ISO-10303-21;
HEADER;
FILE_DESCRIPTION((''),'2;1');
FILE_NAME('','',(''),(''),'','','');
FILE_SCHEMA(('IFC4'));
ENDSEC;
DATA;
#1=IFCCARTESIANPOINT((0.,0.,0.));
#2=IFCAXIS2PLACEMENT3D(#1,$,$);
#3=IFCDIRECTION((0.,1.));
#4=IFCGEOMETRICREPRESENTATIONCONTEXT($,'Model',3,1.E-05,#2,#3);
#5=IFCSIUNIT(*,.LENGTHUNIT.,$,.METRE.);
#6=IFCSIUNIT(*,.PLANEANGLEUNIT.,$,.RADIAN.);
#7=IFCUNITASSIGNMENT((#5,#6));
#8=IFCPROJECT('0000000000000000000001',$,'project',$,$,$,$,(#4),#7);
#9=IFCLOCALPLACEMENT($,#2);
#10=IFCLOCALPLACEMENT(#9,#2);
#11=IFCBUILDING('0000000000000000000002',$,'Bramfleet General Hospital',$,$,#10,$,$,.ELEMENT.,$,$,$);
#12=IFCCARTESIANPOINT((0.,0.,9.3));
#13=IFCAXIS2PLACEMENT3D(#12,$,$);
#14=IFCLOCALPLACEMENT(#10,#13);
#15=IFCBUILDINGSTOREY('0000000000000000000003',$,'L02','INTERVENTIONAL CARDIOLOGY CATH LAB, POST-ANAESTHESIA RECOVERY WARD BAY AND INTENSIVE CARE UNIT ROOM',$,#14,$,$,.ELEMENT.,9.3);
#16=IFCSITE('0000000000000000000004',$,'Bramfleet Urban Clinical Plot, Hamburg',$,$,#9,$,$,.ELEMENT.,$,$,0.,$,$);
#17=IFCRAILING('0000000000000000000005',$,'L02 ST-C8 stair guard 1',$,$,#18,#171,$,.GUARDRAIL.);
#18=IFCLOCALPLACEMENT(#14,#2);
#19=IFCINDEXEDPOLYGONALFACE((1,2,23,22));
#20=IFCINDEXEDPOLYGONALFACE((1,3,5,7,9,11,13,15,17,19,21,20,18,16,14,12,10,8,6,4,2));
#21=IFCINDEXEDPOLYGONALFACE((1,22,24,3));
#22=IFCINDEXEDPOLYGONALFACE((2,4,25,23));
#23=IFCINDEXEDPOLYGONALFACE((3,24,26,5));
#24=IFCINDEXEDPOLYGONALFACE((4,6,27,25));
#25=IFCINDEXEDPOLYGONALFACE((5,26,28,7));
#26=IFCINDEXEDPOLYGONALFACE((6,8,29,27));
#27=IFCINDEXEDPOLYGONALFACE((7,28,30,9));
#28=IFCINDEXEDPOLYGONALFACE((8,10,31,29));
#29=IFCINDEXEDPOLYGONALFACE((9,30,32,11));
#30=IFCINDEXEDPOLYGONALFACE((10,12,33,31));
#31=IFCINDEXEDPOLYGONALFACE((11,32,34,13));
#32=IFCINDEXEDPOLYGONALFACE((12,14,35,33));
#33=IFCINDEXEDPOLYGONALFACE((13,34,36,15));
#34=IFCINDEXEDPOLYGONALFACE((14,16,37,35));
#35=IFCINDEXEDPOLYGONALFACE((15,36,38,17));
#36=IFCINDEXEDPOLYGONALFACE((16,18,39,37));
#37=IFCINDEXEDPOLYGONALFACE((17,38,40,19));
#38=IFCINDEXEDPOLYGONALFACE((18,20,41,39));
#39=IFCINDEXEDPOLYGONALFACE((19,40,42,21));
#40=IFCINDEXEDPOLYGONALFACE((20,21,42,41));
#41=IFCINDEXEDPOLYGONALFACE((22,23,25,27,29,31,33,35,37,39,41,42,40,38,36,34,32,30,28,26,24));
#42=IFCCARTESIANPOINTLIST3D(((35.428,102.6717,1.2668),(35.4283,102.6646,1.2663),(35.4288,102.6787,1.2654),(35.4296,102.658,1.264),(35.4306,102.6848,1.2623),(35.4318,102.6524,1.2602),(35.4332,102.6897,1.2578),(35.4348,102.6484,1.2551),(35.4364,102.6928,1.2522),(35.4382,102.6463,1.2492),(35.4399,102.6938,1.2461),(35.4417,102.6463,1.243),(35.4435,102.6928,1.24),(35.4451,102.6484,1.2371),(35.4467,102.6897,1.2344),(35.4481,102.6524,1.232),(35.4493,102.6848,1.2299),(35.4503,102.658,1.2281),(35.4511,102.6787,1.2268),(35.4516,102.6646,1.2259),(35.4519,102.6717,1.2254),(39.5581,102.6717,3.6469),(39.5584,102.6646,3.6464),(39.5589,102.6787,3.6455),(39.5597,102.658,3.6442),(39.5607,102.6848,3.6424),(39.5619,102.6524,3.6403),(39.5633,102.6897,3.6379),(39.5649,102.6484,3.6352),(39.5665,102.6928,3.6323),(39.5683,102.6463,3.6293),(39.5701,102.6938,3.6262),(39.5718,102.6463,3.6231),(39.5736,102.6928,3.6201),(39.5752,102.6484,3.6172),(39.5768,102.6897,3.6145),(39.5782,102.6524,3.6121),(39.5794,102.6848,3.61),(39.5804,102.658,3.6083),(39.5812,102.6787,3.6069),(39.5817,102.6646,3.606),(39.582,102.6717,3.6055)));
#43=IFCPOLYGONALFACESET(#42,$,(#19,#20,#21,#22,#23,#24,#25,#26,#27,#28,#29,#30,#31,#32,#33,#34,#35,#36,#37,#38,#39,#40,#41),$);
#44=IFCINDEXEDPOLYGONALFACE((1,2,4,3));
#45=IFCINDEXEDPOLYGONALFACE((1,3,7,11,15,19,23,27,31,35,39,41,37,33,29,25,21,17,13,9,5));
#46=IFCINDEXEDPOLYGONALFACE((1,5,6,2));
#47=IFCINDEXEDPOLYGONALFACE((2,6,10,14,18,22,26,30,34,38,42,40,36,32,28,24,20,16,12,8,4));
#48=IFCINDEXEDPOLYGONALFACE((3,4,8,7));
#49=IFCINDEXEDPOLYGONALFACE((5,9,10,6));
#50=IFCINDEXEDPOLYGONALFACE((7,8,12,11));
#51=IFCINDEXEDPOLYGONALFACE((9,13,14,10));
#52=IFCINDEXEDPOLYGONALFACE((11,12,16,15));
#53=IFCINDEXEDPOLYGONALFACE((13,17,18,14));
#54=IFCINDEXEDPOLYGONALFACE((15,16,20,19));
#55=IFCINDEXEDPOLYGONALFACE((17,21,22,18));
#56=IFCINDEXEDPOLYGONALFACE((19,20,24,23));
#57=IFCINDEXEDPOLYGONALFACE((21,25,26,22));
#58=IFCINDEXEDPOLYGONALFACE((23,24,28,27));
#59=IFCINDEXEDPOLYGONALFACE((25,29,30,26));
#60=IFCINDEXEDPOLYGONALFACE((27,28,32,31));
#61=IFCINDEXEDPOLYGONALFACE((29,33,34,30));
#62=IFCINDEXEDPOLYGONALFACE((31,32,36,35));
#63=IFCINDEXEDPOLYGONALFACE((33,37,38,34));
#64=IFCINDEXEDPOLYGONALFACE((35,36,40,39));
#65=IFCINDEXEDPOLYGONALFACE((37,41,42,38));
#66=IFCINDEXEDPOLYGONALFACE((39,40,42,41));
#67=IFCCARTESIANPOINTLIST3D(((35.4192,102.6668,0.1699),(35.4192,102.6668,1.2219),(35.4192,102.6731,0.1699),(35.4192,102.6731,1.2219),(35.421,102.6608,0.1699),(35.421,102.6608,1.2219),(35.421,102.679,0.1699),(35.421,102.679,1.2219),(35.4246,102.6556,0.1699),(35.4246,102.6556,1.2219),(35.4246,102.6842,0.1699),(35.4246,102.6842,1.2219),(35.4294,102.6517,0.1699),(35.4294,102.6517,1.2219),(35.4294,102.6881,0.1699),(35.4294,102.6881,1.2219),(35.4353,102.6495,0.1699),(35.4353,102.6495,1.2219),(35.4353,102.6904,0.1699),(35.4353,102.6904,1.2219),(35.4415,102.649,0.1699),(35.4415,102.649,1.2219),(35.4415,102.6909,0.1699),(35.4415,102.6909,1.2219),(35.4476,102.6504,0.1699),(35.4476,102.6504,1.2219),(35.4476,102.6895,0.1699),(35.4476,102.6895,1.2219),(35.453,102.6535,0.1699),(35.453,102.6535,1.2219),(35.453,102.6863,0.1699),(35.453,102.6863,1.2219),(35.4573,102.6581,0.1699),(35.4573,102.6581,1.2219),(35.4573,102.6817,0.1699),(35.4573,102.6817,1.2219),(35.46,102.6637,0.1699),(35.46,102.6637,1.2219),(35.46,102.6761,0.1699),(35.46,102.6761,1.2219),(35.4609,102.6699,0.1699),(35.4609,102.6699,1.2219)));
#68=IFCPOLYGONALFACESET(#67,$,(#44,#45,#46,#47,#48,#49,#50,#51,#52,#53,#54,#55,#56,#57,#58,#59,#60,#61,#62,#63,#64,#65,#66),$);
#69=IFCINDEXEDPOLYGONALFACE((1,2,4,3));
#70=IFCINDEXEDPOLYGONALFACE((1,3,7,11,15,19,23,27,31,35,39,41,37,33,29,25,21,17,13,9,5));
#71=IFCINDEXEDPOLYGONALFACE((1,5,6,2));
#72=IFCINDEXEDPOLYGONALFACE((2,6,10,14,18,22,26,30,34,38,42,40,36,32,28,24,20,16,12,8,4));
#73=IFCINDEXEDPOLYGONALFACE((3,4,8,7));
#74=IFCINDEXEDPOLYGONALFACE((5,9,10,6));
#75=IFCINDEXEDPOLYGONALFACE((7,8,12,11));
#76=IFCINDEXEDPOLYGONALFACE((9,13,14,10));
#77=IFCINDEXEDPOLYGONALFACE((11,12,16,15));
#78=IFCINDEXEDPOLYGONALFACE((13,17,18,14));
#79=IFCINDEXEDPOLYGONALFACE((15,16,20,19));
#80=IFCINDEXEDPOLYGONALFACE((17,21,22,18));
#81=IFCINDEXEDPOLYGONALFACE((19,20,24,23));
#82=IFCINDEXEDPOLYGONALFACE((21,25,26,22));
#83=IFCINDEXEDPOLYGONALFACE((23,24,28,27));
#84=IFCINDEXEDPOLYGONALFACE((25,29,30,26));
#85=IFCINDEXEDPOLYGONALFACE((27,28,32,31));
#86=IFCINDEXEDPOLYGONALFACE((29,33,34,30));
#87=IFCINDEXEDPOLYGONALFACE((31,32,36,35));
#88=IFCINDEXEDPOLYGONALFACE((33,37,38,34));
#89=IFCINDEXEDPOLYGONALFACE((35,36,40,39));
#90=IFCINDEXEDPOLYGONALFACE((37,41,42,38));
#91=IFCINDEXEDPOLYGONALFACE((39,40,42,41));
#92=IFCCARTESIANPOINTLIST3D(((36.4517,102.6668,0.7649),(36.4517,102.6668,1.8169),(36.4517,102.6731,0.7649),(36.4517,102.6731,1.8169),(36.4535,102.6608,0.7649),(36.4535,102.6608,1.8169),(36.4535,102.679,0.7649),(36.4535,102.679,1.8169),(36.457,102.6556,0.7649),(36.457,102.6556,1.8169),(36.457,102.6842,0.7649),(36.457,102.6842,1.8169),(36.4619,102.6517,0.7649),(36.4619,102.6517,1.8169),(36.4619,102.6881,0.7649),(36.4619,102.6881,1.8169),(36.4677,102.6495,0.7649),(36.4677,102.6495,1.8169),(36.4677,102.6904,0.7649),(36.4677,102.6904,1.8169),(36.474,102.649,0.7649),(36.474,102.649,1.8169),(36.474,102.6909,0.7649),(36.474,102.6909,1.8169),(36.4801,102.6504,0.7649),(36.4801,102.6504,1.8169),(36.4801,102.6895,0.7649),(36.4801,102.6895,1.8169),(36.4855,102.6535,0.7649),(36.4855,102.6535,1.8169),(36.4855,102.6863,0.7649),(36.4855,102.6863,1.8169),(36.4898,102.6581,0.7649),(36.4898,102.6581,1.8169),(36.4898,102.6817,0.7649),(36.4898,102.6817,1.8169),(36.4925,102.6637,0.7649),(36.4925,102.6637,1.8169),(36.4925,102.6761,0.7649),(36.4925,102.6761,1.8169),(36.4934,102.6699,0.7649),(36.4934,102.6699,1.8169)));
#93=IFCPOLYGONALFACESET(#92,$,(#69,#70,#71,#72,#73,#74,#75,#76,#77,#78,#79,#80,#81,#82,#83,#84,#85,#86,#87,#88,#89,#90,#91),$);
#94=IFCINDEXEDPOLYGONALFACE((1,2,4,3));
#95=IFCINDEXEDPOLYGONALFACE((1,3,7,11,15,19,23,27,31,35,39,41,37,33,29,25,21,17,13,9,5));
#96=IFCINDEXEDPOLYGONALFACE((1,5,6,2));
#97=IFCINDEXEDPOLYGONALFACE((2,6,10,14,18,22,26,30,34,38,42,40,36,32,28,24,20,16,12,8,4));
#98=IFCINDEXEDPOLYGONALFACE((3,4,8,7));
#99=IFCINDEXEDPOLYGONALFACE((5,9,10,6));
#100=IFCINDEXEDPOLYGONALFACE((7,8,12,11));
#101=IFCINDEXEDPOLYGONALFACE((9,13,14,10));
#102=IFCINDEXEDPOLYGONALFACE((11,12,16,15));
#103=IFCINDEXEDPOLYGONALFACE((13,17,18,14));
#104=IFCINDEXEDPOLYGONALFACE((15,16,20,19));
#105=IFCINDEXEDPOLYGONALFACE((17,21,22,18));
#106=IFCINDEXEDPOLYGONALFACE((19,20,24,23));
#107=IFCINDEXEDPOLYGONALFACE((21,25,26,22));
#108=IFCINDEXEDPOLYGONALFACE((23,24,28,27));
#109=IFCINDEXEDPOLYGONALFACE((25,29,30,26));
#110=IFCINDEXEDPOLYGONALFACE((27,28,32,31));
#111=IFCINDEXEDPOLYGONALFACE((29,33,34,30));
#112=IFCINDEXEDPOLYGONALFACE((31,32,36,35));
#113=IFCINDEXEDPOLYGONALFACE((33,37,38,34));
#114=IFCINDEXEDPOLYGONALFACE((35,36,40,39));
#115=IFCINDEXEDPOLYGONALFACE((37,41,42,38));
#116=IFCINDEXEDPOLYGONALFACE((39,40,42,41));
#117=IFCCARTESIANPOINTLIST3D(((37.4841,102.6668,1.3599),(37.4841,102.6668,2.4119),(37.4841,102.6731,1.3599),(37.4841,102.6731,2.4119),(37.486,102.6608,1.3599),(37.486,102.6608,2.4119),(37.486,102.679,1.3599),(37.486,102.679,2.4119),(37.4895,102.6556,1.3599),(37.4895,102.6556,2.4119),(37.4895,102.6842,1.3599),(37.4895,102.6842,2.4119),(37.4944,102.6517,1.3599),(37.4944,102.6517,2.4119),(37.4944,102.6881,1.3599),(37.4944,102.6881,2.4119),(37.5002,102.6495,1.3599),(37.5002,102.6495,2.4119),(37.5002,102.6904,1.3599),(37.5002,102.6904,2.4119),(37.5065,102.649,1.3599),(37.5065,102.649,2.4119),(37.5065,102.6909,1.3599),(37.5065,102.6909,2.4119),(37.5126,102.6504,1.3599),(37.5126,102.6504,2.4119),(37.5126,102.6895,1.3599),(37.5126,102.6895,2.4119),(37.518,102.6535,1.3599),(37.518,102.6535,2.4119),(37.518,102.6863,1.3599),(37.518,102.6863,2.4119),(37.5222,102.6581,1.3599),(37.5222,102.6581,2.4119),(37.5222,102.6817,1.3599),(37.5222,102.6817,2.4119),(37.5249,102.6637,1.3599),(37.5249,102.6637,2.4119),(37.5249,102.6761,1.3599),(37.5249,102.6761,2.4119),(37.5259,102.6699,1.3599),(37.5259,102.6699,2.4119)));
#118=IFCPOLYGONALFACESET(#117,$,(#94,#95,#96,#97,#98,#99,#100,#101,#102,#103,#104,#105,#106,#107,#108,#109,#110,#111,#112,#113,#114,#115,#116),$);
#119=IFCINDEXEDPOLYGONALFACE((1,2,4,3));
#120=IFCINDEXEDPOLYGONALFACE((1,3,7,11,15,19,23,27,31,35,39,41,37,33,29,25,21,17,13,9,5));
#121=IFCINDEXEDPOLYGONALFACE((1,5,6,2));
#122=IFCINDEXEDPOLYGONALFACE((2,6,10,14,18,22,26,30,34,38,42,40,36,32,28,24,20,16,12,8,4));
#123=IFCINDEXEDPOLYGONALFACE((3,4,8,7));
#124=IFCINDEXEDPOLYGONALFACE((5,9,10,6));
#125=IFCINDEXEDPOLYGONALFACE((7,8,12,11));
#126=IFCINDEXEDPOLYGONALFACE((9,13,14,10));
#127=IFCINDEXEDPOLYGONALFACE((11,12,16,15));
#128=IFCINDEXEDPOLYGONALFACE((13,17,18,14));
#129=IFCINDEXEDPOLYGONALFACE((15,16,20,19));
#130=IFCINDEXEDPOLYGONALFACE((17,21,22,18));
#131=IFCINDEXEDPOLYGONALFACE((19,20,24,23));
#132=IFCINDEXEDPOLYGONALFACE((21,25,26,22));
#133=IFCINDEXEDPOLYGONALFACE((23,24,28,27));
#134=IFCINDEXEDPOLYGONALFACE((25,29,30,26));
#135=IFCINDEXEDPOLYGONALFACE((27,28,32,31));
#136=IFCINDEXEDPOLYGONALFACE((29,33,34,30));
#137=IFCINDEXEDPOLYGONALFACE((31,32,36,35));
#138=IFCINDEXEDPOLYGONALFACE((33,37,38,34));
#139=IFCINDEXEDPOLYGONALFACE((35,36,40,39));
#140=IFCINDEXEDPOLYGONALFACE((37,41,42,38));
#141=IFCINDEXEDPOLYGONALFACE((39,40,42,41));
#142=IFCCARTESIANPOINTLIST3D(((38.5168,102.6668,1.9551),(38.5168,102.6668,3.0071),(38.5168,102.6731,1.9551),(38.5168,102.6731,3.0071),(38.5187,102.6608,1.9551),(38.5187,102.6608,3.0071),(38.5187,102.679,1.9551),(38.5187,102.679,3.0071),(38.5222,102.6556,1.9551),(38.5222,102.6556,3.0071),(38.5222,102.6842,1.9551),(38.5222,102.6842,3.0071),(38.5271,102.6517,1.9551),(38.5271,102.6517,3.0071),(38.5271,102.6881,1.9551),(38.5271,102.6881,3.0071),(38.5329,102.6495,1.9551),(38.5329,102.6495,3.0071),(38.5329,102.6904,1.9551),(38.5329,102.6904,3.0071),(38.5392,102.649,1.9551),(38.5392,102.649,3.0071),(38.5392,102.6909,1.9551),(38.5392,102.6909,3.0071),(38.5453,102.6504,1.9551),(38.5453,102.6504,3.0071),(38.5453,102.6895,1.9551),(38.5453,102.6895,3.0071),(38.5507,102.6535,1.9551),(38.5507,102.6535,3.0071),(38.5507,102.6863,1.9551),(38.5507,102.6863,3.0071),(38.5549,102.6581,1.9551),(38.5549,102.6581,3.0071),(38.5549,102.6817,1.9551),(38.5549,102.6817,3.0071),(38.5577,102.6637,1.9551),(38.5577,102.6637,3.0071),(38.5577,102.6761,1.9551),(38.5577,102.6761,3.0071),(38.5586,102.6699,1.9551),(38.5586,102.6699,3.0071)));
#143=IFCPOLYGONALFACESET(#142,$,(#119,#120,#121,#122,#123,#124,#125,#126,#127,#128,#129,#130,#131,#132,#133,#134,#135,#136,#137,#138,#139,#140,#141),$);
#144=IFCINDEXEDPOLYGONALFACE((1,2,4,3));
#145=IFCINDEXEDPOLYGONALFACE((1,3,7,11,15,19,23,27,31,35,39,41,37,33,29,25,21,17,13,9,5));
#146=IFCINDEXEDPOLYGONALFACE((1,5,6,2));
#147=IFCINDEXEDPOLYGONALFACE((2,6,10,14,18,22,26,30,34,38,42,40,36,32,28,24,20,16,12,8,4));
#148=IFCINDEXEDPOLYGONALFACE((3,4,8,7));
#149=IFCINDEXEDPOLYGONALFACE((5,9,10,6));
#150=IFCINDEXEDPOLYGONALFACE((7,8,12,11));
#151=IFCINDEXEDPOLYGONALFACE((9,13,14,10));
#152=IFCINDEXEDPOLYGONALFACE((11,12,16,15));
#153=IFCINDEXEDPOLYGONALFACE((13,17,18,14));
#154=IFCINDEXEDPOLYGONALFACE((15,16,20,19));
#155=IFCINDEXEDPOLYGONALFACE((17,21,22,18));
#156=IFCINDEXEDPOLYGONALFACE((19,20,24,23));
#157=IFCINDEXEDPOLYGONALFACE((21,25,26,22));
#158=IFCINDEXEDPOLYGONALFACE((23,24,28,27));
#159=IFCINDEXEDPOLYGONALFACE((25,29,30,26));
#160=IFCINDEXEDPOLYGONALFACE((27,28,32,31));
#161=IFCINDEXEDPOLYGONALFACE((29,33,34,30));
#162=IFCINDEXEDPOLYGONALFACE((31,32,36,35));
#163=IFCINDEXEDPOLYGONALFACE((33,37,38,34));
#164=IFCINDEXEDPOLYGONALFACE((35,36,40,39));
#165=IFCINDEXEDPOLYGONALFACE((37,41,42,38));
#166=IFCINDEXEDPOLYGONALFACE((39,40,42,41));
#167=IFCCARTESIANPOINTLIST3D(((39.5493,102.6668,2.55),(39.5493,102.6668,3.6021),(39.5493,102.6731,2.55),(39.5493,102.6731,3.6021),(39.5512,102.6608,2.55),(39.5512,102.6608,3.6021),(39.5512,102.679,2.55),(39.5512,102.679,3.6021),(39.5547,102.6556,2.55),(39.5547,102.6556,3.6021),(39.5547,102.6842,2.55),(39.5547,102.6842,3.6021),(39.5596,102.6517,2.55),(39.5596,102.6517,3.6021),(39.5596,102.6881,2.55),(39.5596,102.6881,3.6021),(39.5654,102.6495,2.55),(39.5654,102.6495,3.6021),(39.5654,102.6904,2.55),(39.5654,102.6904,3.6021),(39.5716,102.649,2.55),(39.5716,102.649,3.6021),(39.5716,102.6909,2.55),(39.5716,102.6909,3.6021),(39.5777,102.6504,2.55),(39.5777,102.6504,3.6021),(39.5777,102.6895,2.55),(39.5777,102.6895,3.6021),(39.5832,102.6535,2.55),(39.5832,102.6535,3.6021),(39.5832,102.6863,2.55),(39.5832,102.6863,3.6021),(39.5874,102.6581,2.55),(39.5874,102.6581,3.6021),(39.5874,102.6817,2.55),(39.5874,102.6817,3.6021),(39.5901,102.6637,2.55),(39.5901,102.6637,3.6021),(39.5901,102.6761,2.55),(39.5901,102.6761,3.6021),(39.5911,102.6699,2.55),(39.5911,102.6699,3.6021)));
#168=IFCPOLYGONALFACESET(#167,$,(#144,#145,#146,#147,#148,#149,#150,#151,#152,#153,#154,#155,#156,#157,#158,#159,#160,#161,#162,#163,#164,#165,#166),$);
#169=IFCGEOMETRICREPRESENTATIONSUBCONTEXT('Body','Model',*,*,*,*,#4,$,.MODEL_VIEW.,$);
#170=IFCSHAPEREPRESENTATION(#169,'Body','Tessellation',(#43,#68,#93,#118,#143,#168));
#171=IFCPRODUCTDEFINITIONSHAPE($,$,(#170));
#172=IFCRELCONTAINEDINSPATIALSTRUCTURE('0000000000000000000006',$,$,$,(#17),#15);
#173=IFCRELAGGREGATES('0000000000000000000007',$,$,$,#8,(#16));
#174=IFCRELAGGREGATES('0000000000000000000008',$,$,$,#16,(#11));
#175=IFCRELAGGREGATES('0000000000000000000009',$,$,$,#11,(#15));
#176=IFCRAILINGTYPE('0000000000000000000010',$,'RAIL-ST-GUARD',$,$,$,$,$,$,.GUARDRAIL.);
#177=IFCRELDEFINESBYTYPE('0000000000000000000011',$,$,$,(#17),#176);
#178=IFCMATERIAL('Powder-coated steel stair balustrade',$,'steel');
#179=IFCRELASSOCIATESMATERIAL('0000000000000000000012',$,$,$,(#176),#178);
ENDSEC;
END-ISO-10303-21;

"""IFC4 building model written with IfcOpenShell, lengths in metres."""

from ifc_helpers import new_model, si_unit, direction, frame, origin, origin_2d, place, context, subcontext, project, spatial, circle, extrude, material, type_object, element, save


model = new_model("IFC4")

# Units and contexts
model_context = context("Model", 3, precision=1e-05, world=origin(), true_north=direction((0.0, 1.0)))
body_context = subcontext(model_context, "Body", "Model", "MODEL_VIEW")
ifc_project = project(units=[si_unit("LENGTHUNIT", "METRE"), si_unit("PLANEANGLEUNIT", "RADIAN")], contexts=[model_context])

# Site, building, storey
site_placement = place(None, origin())
site = spatial("IfcSite", under=ifc_project, at=site_placement, Name="Bramfleet Urban Clinical Plot, Hamburg", CompositionType="ELEMENT", RefElevation=0.0)
building_placement = place(site_placement, origin())
building = spatial("IfcBuilding", under=site, at=building_placement, Name="Bramfleet General Hospital", CompositionType="ELEMENT")
storey_placement = place(building_placement, frame((0.0, 0.0, 9.3)))
storey = spatial("IfcBuildingStorey", under=building, at=storey_placement, Name="L02", Description="INTERVENTIONAL CARDIOLOGY CATH LAB, POST-ANAESTHESIA RECOVERY WARD BAY AND INTENSIVE CARE UNIT ROOM", CompositionType="ELEMENT", Elevation=9.3)

# Railing
ifc_material_1 = material(Name="Powder-coated steel stair balustrade", Category="steel")
railing_type_1 = type_object("IfcRailingType", Name="RAIL-ST-GUARD", PredefinedType="GUARDRAIL", material=ifc_material_1)
railing_1_placement = place(storey_placement, frame((35.4399, 102.6699, 0.1699)))
element("IfcRailing", 1, at=railing_1_placement, inside=storey, type_object=railing_type_1, Name="L02 ST-C8 stair guard 1", PredefinedType="GUARDRAIL", context=body_context, shape_type="SweptSolid", body=[
    extrude(circle(Radius=0.0239, at=origin_2d()), frame((0.0, 0.0, 1.0762), z_axis=(0.866425, 0.0, 0.499307), x_axis=(0.0, 1.0, 0.0)), (0.0, 0.0, 1.0), 4.7668),
    extrude(circle(Radius=0.021, at=origin_2d()), origin(), (0.0, 0.0, 1.0), 1.052),
    extrude(circle(Radius=0.021, at=origin_2d()), frame((1.0325, 0.0, 0.595)), (0.0, 0.0, 1.0), 1.052),
    extrude(circle(Radius=0.021, at=origin_2d()), frame((2.0649, 0.0, 1.1899)), (0.0, 0.0, 1.0), 1.052),
    extrude(circle(Radius=0.021, at=origin_2d()), frame((3.0977, 0.0, 1.7852)), (0.0, 0.0, 1.0), 1.052),
    extrude(circle(Radius=0.021, at=origin_2d()), frame((4.1301, 0.0, 2.3801)), (0.0, 0.0, 1.0), 1.052),
])

save(model, "model.ifc")
